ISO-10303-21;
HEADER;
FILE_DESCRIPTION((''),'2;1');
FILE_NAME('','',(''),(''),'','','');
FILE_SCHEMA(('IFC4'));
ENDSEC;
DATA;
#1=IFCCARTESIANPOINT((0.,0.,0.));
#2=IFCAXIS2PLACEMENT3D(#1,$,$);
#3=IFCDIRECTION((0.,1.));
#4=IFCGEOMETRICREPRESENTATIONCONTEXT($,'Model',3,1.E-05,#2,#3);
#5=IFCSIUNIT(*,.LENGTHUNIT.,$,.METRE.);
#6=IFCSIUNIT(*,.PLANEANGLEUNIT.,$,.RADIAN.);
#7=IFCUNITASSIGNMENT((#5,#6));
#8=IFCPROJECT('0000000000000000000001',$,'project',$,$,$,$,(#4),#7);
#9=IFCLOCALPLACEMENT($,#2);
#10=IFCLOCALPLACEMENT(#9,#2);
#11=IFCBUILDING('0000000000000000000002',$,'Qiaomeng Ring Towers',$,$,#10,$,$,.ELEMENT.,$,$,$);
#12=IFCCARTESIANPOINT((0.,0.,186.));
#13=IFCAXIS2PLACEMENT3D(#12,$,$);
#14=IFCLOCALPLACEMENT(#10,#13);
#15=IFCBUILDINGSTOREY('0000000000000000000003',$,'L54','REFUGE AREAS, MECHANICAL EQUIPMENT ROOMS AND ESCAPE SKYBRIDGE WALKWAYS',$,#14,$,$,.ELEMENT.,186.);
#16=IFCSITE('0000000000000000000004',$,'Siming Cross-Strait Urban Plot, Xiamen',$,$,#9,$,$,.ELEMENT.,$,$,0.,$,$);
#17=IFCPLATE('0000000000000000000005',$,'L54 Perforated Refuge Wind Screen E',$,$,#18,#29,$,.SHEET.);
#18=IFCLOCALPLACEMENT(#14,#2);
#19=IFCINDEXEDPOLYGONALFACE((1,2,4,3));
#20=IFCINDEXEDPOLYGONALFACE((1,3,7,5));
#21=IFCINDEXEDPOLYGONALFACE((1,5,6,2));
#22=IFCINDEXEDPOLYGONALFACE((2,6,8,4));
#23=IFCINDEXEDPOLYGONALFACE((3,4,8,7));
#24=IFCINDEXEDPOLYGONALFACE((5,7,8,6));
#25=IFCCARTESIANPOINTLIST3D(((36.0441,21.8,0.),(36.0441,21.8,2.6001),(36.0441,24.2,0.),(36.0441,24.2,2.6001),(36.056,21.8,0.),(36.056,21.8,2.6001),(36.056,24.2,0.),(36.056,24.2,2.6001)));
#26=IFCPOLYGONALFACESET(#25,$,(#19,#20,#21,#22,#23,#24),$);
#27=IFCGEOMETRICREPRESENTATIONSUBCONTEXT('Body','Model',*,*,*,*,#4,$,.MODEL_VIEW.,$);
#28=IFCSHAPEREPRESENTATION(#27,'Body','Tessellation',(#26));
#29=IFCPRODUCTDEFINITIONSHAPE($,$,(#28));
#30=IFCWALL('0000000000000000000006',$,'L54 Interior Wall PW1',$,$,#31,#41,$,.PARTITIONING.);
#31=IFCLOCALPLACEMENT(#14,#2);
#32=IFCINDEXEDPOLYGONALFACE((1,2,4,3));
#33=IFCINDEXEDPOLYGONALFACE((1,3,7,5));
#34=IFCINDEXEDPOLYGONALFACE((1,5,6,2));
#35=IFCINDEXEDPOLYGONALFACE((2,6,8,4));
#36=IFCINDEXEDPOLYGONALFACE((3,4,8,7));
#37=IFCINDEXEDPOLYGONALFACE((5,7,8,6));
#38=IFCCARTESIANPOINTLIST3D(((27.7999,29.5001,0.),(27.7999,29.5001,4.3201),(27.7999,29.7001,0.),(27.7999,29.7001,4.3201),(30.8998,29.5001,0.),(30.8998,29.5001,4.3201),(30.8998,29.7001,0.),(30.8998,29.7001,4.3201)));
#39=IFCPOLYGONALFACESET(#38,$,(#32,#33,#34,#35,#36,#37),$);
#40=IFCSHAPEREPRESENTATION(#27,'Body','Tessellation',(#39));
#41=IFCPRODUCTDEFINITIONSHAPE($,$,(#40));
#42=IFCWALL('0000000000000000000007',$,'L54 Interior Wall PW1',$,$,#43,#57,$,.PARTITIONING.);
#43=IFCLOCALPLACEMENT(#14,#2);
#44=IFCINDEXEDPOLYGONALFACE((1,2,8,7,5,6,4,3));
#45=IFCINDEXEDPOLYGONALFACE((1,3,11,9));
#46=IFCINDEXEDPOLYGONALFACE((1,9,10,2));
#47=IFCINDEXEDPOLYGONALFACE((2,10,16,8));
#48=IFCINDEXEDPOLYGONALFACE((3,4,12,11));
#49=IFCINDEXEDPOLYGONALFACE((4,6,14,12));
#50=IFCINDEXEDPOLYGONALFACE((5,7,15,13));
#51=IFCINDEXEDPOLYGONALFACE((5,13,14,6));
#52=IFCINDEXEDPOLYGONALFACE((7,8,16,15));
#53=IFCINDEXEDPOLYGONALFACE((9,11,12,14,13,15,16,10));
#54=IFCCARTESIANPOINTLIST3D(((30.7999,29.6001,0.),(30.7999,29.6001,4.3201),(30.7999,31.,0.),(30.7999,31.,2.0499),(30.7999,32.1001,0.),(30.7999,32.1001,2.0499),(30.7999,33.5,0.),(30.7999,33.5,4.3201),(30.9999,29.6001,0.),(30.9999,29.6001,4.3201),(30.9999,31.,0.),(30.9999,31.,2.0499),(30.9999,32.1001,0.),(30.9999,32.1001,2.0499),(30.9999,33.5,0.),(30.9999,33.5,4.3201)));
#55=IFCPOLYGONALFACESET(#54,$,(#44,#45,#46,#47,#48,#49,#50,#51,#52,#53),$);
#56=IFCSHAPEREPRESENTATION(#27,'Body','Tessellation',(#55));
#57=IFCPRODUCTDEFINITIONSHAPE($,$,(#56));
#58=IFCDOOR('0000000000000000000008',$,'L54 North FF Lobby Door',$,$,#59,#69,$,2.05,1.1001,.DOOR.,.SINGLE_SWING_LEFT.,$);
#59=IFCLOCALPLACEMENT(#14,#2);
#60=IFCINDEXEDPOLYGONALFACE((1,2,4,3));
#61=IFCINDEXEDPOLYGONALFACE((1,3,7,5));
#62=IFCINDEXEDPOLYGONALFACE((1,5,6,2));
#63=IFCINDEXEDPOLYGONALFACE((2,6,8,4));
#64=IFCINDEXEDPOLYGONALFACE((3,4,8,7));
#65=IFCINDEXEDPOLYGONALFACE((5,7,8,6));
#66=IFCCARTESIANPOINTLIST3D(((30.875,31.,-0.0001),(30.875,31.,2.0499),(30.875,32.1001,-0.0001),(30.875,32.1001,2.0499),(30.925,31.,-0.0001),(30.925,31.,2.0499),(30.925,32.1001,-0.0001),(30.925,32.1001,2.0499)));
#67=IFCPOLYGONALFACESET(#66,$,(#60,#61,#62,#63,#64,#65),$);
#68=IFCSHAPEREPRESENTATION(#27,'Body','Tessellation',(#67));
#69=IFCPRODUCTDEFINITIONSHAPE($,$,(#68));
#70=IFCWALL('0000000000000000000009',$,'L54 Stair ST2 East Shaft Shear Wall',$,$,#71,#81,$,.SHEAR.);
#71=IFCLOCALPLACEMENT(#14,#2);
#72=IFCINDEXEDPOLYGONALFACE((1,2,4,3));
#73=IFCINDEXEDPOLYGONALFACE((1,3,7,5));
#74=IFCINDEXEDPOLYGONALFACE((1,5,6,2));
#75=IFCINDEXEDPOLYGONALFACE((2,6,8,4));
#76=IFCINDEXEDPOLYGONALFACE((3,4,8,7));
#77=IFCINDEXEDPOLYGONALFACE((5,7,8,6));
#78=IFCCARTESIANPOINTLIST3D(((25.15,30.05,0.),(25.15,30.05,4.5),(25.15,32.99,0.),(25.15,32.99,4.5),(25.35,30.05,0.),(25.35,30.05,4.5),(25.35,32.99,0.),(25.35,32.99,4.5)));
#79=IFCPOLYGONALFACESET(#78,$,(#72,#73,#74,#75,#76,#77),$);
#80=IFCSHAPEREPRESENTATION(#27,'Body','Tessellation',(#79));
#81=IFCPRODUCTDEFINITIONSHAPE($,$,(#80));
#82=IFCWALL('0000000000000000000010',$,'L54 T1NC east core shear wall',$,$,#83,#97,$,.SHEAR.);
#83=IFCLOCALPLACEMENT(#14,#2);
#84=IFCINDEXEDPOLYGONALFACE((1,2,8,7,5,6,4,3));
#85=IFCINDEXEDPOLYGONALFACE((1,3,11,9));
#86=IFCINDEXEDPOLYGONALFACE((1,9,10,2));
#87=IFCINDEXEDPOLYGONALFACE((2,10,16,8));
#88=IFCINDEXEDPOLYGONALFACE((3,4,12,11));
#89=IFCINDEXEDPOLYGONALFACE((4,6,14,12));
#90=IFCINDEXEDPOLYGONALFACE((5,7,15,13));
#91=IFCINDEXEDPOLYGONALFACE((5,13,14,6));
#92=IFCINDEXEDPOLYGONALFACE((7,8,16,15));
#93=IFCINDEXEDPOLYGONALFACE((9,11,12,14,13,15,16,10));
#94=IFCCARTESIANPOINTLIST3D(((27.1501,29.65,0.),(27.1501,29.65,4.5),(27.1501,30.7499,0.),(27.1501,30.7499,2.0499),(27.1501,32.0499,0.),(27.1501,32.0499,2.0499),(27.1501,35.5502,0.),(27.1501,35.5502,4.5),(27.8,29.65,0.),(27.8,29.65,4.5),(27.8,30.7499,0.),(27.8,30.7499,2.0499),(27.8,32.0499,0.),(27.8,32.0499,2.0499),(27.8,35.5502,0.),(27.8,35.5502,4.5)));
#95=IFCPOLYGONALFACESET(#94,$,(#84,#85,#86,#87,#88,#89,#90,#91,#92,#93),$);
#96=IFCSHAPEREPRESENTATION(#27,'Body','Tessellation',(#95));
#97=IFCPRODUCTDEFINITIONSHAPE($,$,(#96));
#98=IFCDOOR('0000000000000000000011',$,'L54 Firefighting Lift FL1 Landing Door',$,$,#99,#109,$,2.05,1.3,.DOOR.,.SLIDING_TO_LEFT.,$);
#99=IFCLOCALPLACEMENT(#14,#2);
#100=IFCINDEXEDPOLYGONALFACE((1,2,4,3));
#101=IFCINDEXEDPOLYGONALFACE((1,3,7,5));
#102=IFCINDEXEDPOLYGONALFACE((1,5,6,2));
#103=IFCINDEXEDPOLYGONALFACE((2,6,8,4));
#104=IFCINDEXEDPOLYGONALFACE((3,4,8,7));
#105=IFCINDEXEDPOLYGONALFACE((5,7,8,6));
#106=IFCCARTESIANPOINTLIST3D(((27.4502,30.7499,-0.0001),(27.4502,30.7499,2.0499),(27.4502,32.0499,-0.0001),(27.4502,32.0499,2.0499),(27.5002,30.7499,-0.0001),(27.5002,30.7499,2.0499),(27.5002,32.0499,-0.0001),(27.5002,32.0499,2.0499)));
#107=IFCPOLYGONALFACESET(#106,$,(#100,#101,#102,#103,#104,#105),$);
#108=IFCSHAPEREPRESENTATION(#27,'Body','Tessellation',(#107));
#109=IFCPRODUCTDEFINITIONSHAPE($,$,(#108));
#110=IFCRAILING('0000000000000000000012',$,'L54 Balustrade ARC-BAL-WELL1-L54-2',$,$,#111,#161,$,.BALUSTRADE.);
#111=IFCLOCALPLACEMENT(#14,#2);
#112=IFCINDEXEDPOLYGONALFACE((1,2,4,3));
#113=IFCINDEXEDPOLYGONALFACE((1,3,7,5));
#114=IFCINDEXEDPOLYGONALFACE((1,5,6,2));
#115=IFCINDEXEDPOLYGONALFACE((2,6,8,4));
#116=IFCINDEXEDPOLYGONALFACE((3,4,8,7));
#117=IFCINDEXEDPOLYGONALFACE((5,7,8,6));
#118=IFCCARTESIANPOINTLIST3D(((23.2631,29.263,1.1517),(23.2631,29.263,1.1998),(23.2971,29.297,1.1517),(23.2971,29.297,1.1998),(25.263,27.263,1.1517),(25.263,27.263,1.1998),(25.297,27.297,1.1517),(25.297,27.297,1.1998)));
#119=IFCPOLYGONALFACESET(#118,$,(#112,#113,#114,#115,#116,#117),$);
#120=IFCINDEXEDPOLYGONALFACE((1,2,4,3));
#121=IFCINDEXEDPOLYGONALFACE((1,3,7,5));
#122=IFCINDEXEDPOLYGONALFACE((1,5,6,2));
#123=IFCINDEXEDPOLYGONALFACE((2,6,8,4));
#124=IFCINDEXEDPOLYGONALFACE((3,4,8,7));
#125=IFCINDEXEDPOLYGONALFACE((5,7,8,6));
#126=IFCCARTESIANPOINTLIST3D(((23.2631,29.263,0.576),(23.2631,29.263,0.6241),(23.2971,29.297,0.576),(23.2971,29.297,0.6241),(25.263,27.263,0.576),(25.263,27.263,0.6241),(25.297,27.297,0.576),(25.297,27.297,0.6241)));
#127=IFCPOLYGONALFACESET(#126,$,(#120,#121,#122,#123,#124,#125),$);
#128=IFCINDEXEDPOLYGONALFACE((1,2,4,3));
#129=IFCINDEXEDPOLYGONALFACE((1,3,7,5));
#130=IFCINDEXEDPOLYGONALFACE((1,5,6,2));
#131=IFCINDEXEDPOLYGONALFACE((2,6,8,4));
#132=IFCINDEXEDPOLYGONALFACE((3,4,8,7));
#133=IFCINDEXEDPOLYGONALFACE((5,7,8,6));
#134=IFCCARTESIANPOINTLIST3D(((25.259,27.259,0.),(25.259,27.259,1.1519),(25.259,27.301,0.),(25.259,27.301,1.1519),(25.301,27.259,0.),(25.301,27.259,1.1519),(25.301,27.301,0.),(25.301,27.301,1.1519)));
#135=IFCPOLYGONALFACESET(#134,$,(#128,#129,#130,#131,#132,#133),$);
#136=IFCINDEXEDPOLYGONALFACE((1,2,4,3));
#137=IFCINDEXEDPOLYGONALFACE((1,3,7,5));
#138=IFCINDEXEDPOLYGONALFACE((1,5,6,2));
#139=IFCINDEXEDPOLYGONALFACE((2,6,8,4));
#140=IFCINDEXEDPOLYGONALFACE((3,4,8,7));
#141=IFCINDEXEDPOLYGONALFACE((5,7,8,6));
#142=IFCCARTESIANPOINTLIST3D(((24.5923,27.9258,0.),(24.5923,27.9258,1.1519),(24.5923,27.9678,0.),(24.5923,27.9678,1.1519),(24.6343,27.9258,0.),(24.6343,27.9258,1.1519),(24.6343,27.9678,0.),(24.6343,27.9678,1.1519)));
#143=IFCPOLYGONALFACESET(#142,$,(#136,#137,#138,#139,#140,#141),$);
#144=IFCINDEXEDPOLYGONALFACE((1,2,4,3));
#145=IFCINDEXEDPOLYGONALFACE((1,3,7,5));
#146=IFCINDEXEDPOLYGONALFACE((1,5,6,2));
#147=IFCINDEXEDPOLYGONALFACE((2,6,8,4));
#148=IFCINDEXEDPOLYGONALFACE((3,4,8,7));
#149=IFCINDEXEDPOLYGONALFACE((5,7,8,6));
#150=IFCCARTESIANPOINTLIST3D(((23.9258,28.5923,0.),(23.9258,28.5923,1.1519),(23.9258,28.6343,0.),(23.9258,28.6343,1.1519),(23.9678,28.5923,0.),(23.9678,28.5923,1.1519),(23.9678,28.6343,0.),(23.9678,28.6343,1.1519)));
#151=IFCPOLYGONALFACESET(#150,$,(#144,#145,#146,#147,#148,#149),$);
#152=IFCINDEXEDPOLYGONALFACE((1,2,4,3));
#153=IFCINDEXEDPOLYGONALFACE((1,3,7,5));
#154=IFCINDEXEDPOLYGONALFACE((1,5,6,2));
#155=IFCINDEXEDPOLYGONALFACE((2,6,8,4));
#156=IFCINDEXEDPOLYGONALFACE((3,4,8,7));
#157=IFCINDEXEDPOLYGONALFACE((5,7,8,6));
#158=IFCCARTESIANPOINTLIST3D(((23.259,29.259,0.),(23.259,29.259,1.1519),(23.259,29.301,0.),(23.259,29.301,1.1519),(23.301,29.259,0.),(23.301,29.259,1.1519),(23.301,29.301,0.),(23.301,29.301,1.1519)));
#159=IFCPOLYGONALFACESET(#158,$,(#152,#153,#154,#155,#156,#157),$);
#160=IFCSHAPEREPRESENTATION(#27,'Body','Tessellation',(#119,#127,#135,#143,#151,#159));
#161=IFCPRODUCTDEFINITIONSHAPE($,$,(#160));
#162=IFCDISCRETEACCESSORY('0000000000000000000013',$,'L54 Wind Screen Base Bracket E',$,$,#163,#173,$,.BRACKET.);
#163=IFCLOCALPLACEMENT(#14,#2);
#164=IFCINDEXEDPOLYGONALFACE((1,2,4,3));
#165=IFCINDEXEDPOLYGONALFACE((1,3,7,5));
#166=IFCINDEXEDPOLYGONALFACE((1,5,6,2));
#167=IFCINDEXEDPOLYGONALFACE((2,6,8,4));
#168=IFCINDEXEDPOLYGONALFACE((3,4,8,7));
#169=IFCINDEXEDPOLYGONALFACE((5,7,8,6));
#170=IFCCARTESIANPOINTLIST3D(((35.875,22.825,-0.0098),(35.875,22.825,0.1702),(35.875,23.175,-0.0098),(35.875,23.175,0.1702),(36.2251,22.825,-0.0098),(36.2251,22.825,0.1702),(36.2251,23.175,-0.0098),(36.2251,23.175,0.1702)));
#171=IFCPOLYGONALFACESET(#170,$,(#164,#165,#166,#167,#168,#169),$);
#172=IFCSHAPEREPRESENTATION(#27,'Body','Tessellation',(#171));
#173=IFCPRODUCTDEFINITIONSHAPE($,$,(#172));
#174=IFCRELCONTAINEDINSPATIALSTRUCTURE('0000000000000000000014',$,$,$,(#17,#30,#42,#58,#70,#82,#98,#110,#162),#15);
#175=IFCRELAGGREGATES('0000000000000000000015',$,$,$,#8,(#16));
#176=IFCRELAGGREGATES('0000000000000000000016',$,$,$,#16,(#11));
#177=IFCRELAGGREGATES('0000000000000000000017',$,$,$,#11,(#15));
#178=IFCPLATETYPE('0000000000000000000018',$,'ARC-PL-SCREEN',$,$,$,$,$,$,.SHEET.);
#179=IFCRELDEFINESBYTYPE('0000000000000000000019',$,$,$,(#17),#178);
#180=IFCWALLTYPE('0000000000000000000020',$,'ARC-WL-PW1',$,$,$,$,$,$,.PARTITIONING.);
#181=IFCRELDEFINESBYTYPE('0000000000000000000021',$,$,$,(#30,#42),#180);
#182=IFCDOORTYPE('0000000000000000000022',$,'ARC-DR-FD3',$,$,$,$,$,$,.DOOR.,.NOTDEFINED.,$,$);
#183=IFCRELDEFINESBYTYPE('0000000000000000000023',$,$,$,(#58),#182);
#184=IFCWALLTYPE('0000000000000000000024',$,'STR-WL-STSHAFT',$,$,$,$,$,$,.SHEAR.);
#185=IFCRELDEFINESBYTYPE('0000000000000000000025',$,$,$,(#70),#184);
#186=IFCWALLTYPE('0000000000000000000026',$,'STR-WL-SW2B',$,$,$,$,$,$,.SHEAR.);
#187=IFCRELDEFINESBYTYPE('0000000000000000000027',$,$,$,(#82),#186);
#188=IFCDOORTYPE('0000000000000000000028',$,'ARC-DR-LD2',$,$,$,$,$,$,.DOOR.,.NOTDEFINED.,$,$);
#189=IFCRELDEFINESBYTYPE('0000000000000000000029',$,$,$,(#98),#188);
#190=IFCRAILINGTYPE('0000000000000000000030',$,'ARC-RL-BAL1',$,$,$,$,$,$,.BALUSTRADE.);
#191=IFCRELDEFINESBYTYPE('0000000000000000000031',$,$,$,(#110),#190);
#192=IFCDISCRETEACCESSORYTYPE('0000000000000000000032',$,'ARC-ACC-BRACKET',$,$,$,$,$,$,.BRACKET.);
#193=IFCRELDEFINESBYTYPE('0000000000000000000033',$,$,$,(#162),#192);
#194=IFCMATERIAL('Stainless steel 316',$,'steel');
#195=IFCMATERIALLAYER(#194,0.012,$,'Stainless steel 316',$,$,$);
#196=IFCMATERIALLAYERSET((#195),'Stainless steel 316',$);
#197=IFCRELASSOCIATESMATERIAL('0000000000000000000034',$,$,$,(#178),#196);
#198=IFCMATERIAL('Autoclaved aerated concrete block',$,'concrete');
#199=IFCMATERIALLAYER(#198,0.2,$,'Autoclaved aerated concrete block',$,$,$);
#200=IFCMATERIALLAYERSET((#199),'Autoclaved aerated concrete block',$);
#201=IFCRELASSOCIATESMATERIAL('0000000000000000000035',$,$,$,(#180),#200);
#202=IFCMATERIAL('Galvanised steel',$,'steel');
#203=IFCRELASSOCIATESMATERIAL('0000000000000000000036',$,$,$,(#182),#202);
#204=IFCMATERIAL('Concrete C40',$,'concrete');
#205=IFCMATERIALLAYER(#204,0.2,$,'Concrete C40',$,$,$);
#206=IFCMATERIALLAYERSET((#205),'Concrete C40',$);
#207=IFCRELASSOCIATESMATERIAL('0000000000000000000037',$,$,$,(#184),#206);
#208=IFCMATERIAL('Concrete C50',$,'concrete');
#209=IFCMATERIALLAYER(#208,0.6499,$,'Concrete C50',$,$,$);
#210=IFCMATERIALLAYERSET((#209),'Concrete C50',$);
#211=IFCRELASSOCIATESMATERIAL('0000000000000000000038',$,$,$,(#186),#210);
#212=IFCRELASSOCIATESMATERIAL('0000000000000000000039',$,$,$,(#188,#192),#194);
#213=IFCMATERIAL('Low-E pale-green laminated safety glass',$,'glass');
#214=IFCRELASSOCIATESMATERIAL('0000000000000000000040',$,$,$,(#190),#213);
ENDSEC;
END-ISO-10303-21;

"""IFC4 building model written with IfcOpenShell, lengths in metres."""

from ifc_helpers import new_model, si_unit, direction, frame, frame_2d, origin, origin_2d, place, context, subcontext, project, spatial, rectangle, extrude, source, transform, mapped, material, layer, layer_set, type_object, element, fill, save


model = new_model("IFC4")

# Units and contexts
model_context = context("Model", 3, precision=1e-05, world=origin(), true_north=direction((0.0, 1.0)))
body_context = subcontext(model_context, "Body", "Model", "MODEL_VIEW")
ifc_project = project(units=[si_unit("LENGTHUNIT", "METRE"), si_unit("PLANEANGLEUNIT", "RADIAN")], contexts=[model_context])

# Site, building, storey
site_placement = place(None, origin())
site = spatial("IfcSite", under=ifc_project, at=site_placement, Name="Siming Cross-Strait Urban Plot, Xiamen", CompositionType="ELEMENT", RefElevation=0.0)
building_placement = place(site_placement, origin())
building = spatial("IfcBuilding", under=site, at=building_placement, Name="Qiaomeng Ring Towers", CompositionType="ELEMENT")
storey_placement = place(building_placement, frame((0.0, 0.0, 186.0)))
storey = spatial("IfcBuildingStorey", under=building, at=storey_placement, Name="L54", Description="REFUGE AREAS, MECHANICAL EQUIPMENT ROOMS AND ESCAPE SKYBRIDGE WALKWAYS", CompositionType="ELEMENT", Elevation=186.0)

# Shared definitions
ifc_material_1 = material(Name="Concrete C50", Category="concrete")

# Plate
ifc_material_2 = material(Name="Stainless steel 316", Category="steel")
ifc_layer_1 = layer(ifc_material_2, 0.012, Name="Stainless steel 316")
ifc_layer_set_1 = layer_set([ifc_layer_1], Name="Stainless steel 316")
plate_type_1 = type_object("IfcPlateType", Name="ARC-PL-SCREEN", PredefinedType="SHEET", material=ifc_layer_set_1)
shared_shape_1 = source(origin(), body_context, "Body", "SweptSolid", [
    extrude(rectangle(XDim=2.3999, YDim=0.012, at=origin_2d()), origin(), (0.0, 0.0, 1.0), 2.6001),
])
plate_placement = place(storey_placement, frame((36.05, 23.0, 0.0), z_axis=(0.0, 0.0, 1.0), x_axis=(0.0, 1.0, 0.0)))
element("IfcPlate", 1, at=plate_placement, inside=storey, type_object=plate_type_1, Name="L54 Perforated Refuge Wind Screen E", PredefinedType="SHEET", context=body_context, shape_type="MappedRepresentation", body=[
    mapped(shared_shape_1, transform((0.0, 0.0, 0.0), x_axis=(1.0, 0.0, 0.0), y_axis=(0.0, 1.0, 0.0), z_axis=(0.0, 0.0, 1.0), scale=1.0)),
])

# Wall
ifc_material_3 = material(Name="Autoclaved aerated concrete block", Category="concrete")
ifc_layer_2 = layer(ifc_material_3, 0.2, Name="Autoclaved aerated concrete block")
ifc_layer_set_2 = layer_set([ifc_layer_2], Name="Autoclaved aerated concrete block")
wall_type_1 = type_object("IfcWallType", Name="ARC-WL-PW1", PredefinedType="PARTITIONING", material=ifc_layer_set_2)
wall_1_placement = place(storey_placement, frame((27.8, 29.6001, 0.0), z_axis=(0.0, 0.0, 1.0), x_axis=(1.0, 0.0, 0.0)))
element("IfcWall", 2, at=wall_1_placement, inside=storey, type_object=wall_type_1, Name="L54 Interior Wall PW1", PredefinedType="PARTITIONING", context=body_context, shape_type="SweptSolid", body=[
    extrude(rectangle(XDim=3.0999, YDim=0.2, at=frame_2d((1.5498, 0.0))), origin(), (0.0, 0.0, 1.0), 4.3201),
])

# Wall, opening, door
wall_2_placement = place(storey_placement, frame((30.8999, 29.6001, 0.0), z_axis=(0.0, 0.0, 1.0), x_axis=(0.0, 1.0, 0.0)))
wall_2 = element("IfcWall", 3, at=wall_2_placement, inside=storey, type_object=wall_type_1, Name="L54 Interior Wall PW1", PredefinedType="PARTITIONING", context=body_context, shape_type="SweptSolid", body=[
    extrude(rectangle(XDim=3.8999, YDim=0.2, at=frame_2d((1.95, 0.0))), origin(), (0.0, 0.0, 1.0), 4.3201),
])
opening_1_placement = place(wall_2_placement, frame((1.3999, 0.0, 0.0)))
opening_1 = element("IfcOpeningElement", 4, at=opening_1_placement, cuts=wall_2, PredefinedType="OPENING", context=body_context, shape_type="SweptSolid", body=[
    extrude(rectangle(XDim=1.1001, YDim=2.05, at=frame_2d((0.55, 1.0249))), frame((0.0, 0.1099, 0.0), z_axis=(0.0, -1.0, 0.0), x_axis=(1.0, 0.0, 0.0)), (0.0, 0.0, 1.0), 0.22),
])
ifc_material_4 = material(Name="Galvanised steel", Category="steel")
door_type_1 = type_object("IfcDoorType", Name="ARC-DR-FD3", OperationType="NOTDEFINED", PredefinedType="DOOR", material=ifc_material_4)
shared_shape_2 = source(origin(), body_context, "Body", "SweptSolid", [
    extrude(rectangle(XDim=1.1001, YDim=2.05, at=frame_2d((0.55, 1.0249))), frame((0.0, 0.0249, 0.0), z_axis=(0.0, -1.0, 0.0), x_axis=(1.0, 0.0, 0.0)), (0.0, 0.0, 1.0), 0.05),
])
door_1_placement = place(opening_1_placement, origin())
door_1 = element("IfcDoor", 5, at=door_1_placement, inside=storey, type_object=door_type_1, Name="L54 North FF Lobby Door", OperationType="SINGLE_SWING_LEFT", OverallHeight=2.05, OverallWidth=1.1001, PredefinedType="DOOR", context=body_context, shape_type="MappedRepresentation", body=[
    mapped(shared_shape_2, transform((0.0, 0.0, 0.0), x_axis=(1.0, 0.0, 0.0), y_axis=(0.0, 1.0, 0.0), z_axis=(0.0, 0.0, 1.0), scale=1.0)),
])
fill(opening_1, door_1)

# Wall
ifc_material_5 = material(Name="Concrete C40", Category="concrete")
ifc_layer_3 = layer(ifc_material_5, 0.2, Name="Concrete C40")
ifc_layer_set_3 = layer_set([ifc_layer_3], Name="Concrete C40")
wall_type_2 = type_object("IfcWallType", Name="STR-WL-STSHAFT", PredefinedType="SHEAR", material=ifc_layer_set_3)
wall_3_placement = place(storey_placement, frame((25.25, 30.05, 0.0), z_axis=(0.0, 0.0, 1.0), x_axis=(0.0, 1.0, 0.0)))
element("IfcWall", 6, at=wall_3_placement, inside=storey, type_object=wall_type_2, Name="L54 Stair ST2 East Shaft Shear Wall", PredefinedType="SHEAR", context=body_context, shape_type="SweptSolid", body=[
    extrude(rectangle(XDim=2.9399, YDim=0.2, at=frame_2d((1.47, 0.0))), origin(), (0.0, 0.0, 1.0), 4.5),
])

# Wall, opening, door
ifc_layer_4 = layer(ifc_material_1, 0.6499, Name="Concrete C50")
ifc_layer_set_4 = layer_set([ifc_layer_4], Name="Concrete C50")
wall_type_3 = type_object("IfcWallType", Name="STR-WL-SW2B", PredefinedType="SHEAR", material=ifc_layer_set_4)
wall_4_placement = place(storey_placement, frame((27.4751, 29.6499, 0.0), z_axis=(0.0, 0.0, 1.0), x_axis=(0.0, 1.0, 0.0)))
wall_4 = element("IfcWall", 7, at=wall_4_placement, inside=storey, type_object=wall_type_3, Name="L54 T1NC east core shear wall", PredefinedType="SHEAR", context=body_context, shape_type="SweptSolid", body=[
    extrude(rectangle(XDim=5.9001, YDim=0.6499, at=frame_2d((2.9502, 0.0))), origin(), (0.0, 0.0, 1.0), 4.5),
])
opening_2_placement = place(wall_4_placement, frame((1.1001, 0.0, 0.0)))
opening_2 = element("IfcOpeningElement", 8, at=opening_2_placement, cuts=wall_4, PredefinedType="OPENING", context=body_context, shape_type="SweptSolid", body=[
    extrude(rectangle(XDim=1.3, YDim=2.05, at=frame_2d((0.6499, 1.0249))), frame((0.0, 0.335, 0.0), z_axis=(0.0, -1.0, 0.0), x_axis=(1.0, 0.0, 0.0)), (0.0, 0.0, 1.0), 0.6699),
])
door_type_2 = type_object("IfcDoorType", Name="ARC-DR-LD2", OperationType="NOTDEFINED", PredefinedType="DOOR", material=ifc_material_2)
shared_shape_3 = source(origin(), body_context, "Body", "SweptSolid", [
    extrude(rectangle(XDim=1.3, YDim=2.05, at=frame_2d((0.6499, 1.0249))), frame((0.0, 0.0249, 0.0), z_axis=(0.0, -1.0, 0.0), x_axis=(1.0, 0.0, 0.0)), (0.0, 0.0, 1.0), 0.05),
])
door_2_placement = place(opening_2_placement, origin())
door_2 = element("IfcDoor", 9, at=door_2_placement, inside=storey, type_object=door_type_2, Name="L54 Firefighting Lift FL1 Landing Door", OperationType="SLIDING_TO_LEFT", OverallHeight=2.05, OverallWidth=1.3, PredefinedType="DOOR", context=body_context, shape_type="MappedRepresentation", body=[
    mapped(shared_shape_3, transform((0.0, 0.0, 0.0), x_axis=(1.0, 0.0, 0.0), y_axis=(0.0, 1.0, 0.0), z_axis=(0.0, 0.0, 1.0), scale=1.0)),
])
fill(opening_2, door_2)

# Railing
ifc_material_6 = material(Name="Low-E pale-green laminated safety glass", Category="glass")
railing_type = type_object("IfcRailingType", Name="ARC-RL-BAL1", PredefinedType="BALUSTRADE", material=ifc_material_6)
railing_placement = place(storey_placement, frame((25.28, 27.28, 0.0)))
element("IfcRailing", 10, at=railing_placement, inside=storey, type_object=railing_type, Name="L54 Balustrade ARC-BAL-WELL1-L54-2", PredefinedType="BALUSTRADE", context=body_context, shape_type="SweptSolid", body=[
    extrude(rectangle(XDim=0.0481, YDim=0.0481, at=origin_2d()), frame((0.0, 0.0, 1.1758), z_axis=(-0.707107, 0.707107, 0.0), x_axis=(-0.707107, -0.707107, 0.0)), (0.0, 0.0, 1.0), 2.8284),
    extrude(rectangle(XDim=0.0481, YDim=0.0481, at=origin_2d()), frame((0.0, 0.0, 0.6001), z_axis=(-0.707107, 0.707107, 0.0), x_axis=(-0.707107, -0.707107, 0.0)), (0.0, 0.0, 1.0), 2.8284),
    extrude(rectangle(XDim=0.042, YDim=0.042, at=origin_2d()), origin(), (0.0, 0.0, 1.0), 1.1519),
    extrude(rectangle(XDim=0.042, YDim=0.042, at=origin_2d()), frame((-0.6667, 0.6667, 0.0)), (0.0, 0.0, 1.0), 1.1519),
    extrude(rectangle(XDim=0.042, YDim=0.042, at=origin_2d()), frame((-1.3333, 1.3333, 0.0)), (0.0, 0.0, 1.0), 1.1519),
    extrude(rectangle(XDim=0.042, YDim=0.042, at=origin_2d()), frame((-2.0, 2.0, 0.0)), (0.0, 0.0, 1.0), 1.1519),
])

# Discrete accessory
discrete_accessory_type = type_object("IfcDiscreteAccessoryType", Name="ARC-ACC-BRACKET", PredefinedType="BRACKET", material=ifc_material_2)
shared_shape_4 = source(origin(), body_context, "Body", "SweptSolid", [
    extrude(rectangle(XDim=0.3501, YDim=0.3501, at=origin_2d()), origin(), (0.0, 0.0, 1.0), 0.1799),
])
discrete_accessory_placement = place(storey_placement, frame((36.05, 23.0, -0.0098), z_axis=(0.0, 0.0, 1.0), x_axis=(0.0, 1.0, 0.0)))
element("IfcDiscreteAccessory", 11, at=discrete_accessory_placement, inside=storey, type_object=discrete_accessory_type, Name="L54 Wind Screen Base Bracket E", PredefinedType="BRACKET", context=body_context, shape_type="MappedRepresentation", body=[
    mapped(shared_shape_4, transform((0.0, 0.0, 0.0), x_axis=(1.0, 0.0, 0.0), y_axis=(0.0, 1.0, 0.0), z_axis=(0.0, 0.0, 1.0), scale=1.0)),
])

save(model, "model.ifc")
